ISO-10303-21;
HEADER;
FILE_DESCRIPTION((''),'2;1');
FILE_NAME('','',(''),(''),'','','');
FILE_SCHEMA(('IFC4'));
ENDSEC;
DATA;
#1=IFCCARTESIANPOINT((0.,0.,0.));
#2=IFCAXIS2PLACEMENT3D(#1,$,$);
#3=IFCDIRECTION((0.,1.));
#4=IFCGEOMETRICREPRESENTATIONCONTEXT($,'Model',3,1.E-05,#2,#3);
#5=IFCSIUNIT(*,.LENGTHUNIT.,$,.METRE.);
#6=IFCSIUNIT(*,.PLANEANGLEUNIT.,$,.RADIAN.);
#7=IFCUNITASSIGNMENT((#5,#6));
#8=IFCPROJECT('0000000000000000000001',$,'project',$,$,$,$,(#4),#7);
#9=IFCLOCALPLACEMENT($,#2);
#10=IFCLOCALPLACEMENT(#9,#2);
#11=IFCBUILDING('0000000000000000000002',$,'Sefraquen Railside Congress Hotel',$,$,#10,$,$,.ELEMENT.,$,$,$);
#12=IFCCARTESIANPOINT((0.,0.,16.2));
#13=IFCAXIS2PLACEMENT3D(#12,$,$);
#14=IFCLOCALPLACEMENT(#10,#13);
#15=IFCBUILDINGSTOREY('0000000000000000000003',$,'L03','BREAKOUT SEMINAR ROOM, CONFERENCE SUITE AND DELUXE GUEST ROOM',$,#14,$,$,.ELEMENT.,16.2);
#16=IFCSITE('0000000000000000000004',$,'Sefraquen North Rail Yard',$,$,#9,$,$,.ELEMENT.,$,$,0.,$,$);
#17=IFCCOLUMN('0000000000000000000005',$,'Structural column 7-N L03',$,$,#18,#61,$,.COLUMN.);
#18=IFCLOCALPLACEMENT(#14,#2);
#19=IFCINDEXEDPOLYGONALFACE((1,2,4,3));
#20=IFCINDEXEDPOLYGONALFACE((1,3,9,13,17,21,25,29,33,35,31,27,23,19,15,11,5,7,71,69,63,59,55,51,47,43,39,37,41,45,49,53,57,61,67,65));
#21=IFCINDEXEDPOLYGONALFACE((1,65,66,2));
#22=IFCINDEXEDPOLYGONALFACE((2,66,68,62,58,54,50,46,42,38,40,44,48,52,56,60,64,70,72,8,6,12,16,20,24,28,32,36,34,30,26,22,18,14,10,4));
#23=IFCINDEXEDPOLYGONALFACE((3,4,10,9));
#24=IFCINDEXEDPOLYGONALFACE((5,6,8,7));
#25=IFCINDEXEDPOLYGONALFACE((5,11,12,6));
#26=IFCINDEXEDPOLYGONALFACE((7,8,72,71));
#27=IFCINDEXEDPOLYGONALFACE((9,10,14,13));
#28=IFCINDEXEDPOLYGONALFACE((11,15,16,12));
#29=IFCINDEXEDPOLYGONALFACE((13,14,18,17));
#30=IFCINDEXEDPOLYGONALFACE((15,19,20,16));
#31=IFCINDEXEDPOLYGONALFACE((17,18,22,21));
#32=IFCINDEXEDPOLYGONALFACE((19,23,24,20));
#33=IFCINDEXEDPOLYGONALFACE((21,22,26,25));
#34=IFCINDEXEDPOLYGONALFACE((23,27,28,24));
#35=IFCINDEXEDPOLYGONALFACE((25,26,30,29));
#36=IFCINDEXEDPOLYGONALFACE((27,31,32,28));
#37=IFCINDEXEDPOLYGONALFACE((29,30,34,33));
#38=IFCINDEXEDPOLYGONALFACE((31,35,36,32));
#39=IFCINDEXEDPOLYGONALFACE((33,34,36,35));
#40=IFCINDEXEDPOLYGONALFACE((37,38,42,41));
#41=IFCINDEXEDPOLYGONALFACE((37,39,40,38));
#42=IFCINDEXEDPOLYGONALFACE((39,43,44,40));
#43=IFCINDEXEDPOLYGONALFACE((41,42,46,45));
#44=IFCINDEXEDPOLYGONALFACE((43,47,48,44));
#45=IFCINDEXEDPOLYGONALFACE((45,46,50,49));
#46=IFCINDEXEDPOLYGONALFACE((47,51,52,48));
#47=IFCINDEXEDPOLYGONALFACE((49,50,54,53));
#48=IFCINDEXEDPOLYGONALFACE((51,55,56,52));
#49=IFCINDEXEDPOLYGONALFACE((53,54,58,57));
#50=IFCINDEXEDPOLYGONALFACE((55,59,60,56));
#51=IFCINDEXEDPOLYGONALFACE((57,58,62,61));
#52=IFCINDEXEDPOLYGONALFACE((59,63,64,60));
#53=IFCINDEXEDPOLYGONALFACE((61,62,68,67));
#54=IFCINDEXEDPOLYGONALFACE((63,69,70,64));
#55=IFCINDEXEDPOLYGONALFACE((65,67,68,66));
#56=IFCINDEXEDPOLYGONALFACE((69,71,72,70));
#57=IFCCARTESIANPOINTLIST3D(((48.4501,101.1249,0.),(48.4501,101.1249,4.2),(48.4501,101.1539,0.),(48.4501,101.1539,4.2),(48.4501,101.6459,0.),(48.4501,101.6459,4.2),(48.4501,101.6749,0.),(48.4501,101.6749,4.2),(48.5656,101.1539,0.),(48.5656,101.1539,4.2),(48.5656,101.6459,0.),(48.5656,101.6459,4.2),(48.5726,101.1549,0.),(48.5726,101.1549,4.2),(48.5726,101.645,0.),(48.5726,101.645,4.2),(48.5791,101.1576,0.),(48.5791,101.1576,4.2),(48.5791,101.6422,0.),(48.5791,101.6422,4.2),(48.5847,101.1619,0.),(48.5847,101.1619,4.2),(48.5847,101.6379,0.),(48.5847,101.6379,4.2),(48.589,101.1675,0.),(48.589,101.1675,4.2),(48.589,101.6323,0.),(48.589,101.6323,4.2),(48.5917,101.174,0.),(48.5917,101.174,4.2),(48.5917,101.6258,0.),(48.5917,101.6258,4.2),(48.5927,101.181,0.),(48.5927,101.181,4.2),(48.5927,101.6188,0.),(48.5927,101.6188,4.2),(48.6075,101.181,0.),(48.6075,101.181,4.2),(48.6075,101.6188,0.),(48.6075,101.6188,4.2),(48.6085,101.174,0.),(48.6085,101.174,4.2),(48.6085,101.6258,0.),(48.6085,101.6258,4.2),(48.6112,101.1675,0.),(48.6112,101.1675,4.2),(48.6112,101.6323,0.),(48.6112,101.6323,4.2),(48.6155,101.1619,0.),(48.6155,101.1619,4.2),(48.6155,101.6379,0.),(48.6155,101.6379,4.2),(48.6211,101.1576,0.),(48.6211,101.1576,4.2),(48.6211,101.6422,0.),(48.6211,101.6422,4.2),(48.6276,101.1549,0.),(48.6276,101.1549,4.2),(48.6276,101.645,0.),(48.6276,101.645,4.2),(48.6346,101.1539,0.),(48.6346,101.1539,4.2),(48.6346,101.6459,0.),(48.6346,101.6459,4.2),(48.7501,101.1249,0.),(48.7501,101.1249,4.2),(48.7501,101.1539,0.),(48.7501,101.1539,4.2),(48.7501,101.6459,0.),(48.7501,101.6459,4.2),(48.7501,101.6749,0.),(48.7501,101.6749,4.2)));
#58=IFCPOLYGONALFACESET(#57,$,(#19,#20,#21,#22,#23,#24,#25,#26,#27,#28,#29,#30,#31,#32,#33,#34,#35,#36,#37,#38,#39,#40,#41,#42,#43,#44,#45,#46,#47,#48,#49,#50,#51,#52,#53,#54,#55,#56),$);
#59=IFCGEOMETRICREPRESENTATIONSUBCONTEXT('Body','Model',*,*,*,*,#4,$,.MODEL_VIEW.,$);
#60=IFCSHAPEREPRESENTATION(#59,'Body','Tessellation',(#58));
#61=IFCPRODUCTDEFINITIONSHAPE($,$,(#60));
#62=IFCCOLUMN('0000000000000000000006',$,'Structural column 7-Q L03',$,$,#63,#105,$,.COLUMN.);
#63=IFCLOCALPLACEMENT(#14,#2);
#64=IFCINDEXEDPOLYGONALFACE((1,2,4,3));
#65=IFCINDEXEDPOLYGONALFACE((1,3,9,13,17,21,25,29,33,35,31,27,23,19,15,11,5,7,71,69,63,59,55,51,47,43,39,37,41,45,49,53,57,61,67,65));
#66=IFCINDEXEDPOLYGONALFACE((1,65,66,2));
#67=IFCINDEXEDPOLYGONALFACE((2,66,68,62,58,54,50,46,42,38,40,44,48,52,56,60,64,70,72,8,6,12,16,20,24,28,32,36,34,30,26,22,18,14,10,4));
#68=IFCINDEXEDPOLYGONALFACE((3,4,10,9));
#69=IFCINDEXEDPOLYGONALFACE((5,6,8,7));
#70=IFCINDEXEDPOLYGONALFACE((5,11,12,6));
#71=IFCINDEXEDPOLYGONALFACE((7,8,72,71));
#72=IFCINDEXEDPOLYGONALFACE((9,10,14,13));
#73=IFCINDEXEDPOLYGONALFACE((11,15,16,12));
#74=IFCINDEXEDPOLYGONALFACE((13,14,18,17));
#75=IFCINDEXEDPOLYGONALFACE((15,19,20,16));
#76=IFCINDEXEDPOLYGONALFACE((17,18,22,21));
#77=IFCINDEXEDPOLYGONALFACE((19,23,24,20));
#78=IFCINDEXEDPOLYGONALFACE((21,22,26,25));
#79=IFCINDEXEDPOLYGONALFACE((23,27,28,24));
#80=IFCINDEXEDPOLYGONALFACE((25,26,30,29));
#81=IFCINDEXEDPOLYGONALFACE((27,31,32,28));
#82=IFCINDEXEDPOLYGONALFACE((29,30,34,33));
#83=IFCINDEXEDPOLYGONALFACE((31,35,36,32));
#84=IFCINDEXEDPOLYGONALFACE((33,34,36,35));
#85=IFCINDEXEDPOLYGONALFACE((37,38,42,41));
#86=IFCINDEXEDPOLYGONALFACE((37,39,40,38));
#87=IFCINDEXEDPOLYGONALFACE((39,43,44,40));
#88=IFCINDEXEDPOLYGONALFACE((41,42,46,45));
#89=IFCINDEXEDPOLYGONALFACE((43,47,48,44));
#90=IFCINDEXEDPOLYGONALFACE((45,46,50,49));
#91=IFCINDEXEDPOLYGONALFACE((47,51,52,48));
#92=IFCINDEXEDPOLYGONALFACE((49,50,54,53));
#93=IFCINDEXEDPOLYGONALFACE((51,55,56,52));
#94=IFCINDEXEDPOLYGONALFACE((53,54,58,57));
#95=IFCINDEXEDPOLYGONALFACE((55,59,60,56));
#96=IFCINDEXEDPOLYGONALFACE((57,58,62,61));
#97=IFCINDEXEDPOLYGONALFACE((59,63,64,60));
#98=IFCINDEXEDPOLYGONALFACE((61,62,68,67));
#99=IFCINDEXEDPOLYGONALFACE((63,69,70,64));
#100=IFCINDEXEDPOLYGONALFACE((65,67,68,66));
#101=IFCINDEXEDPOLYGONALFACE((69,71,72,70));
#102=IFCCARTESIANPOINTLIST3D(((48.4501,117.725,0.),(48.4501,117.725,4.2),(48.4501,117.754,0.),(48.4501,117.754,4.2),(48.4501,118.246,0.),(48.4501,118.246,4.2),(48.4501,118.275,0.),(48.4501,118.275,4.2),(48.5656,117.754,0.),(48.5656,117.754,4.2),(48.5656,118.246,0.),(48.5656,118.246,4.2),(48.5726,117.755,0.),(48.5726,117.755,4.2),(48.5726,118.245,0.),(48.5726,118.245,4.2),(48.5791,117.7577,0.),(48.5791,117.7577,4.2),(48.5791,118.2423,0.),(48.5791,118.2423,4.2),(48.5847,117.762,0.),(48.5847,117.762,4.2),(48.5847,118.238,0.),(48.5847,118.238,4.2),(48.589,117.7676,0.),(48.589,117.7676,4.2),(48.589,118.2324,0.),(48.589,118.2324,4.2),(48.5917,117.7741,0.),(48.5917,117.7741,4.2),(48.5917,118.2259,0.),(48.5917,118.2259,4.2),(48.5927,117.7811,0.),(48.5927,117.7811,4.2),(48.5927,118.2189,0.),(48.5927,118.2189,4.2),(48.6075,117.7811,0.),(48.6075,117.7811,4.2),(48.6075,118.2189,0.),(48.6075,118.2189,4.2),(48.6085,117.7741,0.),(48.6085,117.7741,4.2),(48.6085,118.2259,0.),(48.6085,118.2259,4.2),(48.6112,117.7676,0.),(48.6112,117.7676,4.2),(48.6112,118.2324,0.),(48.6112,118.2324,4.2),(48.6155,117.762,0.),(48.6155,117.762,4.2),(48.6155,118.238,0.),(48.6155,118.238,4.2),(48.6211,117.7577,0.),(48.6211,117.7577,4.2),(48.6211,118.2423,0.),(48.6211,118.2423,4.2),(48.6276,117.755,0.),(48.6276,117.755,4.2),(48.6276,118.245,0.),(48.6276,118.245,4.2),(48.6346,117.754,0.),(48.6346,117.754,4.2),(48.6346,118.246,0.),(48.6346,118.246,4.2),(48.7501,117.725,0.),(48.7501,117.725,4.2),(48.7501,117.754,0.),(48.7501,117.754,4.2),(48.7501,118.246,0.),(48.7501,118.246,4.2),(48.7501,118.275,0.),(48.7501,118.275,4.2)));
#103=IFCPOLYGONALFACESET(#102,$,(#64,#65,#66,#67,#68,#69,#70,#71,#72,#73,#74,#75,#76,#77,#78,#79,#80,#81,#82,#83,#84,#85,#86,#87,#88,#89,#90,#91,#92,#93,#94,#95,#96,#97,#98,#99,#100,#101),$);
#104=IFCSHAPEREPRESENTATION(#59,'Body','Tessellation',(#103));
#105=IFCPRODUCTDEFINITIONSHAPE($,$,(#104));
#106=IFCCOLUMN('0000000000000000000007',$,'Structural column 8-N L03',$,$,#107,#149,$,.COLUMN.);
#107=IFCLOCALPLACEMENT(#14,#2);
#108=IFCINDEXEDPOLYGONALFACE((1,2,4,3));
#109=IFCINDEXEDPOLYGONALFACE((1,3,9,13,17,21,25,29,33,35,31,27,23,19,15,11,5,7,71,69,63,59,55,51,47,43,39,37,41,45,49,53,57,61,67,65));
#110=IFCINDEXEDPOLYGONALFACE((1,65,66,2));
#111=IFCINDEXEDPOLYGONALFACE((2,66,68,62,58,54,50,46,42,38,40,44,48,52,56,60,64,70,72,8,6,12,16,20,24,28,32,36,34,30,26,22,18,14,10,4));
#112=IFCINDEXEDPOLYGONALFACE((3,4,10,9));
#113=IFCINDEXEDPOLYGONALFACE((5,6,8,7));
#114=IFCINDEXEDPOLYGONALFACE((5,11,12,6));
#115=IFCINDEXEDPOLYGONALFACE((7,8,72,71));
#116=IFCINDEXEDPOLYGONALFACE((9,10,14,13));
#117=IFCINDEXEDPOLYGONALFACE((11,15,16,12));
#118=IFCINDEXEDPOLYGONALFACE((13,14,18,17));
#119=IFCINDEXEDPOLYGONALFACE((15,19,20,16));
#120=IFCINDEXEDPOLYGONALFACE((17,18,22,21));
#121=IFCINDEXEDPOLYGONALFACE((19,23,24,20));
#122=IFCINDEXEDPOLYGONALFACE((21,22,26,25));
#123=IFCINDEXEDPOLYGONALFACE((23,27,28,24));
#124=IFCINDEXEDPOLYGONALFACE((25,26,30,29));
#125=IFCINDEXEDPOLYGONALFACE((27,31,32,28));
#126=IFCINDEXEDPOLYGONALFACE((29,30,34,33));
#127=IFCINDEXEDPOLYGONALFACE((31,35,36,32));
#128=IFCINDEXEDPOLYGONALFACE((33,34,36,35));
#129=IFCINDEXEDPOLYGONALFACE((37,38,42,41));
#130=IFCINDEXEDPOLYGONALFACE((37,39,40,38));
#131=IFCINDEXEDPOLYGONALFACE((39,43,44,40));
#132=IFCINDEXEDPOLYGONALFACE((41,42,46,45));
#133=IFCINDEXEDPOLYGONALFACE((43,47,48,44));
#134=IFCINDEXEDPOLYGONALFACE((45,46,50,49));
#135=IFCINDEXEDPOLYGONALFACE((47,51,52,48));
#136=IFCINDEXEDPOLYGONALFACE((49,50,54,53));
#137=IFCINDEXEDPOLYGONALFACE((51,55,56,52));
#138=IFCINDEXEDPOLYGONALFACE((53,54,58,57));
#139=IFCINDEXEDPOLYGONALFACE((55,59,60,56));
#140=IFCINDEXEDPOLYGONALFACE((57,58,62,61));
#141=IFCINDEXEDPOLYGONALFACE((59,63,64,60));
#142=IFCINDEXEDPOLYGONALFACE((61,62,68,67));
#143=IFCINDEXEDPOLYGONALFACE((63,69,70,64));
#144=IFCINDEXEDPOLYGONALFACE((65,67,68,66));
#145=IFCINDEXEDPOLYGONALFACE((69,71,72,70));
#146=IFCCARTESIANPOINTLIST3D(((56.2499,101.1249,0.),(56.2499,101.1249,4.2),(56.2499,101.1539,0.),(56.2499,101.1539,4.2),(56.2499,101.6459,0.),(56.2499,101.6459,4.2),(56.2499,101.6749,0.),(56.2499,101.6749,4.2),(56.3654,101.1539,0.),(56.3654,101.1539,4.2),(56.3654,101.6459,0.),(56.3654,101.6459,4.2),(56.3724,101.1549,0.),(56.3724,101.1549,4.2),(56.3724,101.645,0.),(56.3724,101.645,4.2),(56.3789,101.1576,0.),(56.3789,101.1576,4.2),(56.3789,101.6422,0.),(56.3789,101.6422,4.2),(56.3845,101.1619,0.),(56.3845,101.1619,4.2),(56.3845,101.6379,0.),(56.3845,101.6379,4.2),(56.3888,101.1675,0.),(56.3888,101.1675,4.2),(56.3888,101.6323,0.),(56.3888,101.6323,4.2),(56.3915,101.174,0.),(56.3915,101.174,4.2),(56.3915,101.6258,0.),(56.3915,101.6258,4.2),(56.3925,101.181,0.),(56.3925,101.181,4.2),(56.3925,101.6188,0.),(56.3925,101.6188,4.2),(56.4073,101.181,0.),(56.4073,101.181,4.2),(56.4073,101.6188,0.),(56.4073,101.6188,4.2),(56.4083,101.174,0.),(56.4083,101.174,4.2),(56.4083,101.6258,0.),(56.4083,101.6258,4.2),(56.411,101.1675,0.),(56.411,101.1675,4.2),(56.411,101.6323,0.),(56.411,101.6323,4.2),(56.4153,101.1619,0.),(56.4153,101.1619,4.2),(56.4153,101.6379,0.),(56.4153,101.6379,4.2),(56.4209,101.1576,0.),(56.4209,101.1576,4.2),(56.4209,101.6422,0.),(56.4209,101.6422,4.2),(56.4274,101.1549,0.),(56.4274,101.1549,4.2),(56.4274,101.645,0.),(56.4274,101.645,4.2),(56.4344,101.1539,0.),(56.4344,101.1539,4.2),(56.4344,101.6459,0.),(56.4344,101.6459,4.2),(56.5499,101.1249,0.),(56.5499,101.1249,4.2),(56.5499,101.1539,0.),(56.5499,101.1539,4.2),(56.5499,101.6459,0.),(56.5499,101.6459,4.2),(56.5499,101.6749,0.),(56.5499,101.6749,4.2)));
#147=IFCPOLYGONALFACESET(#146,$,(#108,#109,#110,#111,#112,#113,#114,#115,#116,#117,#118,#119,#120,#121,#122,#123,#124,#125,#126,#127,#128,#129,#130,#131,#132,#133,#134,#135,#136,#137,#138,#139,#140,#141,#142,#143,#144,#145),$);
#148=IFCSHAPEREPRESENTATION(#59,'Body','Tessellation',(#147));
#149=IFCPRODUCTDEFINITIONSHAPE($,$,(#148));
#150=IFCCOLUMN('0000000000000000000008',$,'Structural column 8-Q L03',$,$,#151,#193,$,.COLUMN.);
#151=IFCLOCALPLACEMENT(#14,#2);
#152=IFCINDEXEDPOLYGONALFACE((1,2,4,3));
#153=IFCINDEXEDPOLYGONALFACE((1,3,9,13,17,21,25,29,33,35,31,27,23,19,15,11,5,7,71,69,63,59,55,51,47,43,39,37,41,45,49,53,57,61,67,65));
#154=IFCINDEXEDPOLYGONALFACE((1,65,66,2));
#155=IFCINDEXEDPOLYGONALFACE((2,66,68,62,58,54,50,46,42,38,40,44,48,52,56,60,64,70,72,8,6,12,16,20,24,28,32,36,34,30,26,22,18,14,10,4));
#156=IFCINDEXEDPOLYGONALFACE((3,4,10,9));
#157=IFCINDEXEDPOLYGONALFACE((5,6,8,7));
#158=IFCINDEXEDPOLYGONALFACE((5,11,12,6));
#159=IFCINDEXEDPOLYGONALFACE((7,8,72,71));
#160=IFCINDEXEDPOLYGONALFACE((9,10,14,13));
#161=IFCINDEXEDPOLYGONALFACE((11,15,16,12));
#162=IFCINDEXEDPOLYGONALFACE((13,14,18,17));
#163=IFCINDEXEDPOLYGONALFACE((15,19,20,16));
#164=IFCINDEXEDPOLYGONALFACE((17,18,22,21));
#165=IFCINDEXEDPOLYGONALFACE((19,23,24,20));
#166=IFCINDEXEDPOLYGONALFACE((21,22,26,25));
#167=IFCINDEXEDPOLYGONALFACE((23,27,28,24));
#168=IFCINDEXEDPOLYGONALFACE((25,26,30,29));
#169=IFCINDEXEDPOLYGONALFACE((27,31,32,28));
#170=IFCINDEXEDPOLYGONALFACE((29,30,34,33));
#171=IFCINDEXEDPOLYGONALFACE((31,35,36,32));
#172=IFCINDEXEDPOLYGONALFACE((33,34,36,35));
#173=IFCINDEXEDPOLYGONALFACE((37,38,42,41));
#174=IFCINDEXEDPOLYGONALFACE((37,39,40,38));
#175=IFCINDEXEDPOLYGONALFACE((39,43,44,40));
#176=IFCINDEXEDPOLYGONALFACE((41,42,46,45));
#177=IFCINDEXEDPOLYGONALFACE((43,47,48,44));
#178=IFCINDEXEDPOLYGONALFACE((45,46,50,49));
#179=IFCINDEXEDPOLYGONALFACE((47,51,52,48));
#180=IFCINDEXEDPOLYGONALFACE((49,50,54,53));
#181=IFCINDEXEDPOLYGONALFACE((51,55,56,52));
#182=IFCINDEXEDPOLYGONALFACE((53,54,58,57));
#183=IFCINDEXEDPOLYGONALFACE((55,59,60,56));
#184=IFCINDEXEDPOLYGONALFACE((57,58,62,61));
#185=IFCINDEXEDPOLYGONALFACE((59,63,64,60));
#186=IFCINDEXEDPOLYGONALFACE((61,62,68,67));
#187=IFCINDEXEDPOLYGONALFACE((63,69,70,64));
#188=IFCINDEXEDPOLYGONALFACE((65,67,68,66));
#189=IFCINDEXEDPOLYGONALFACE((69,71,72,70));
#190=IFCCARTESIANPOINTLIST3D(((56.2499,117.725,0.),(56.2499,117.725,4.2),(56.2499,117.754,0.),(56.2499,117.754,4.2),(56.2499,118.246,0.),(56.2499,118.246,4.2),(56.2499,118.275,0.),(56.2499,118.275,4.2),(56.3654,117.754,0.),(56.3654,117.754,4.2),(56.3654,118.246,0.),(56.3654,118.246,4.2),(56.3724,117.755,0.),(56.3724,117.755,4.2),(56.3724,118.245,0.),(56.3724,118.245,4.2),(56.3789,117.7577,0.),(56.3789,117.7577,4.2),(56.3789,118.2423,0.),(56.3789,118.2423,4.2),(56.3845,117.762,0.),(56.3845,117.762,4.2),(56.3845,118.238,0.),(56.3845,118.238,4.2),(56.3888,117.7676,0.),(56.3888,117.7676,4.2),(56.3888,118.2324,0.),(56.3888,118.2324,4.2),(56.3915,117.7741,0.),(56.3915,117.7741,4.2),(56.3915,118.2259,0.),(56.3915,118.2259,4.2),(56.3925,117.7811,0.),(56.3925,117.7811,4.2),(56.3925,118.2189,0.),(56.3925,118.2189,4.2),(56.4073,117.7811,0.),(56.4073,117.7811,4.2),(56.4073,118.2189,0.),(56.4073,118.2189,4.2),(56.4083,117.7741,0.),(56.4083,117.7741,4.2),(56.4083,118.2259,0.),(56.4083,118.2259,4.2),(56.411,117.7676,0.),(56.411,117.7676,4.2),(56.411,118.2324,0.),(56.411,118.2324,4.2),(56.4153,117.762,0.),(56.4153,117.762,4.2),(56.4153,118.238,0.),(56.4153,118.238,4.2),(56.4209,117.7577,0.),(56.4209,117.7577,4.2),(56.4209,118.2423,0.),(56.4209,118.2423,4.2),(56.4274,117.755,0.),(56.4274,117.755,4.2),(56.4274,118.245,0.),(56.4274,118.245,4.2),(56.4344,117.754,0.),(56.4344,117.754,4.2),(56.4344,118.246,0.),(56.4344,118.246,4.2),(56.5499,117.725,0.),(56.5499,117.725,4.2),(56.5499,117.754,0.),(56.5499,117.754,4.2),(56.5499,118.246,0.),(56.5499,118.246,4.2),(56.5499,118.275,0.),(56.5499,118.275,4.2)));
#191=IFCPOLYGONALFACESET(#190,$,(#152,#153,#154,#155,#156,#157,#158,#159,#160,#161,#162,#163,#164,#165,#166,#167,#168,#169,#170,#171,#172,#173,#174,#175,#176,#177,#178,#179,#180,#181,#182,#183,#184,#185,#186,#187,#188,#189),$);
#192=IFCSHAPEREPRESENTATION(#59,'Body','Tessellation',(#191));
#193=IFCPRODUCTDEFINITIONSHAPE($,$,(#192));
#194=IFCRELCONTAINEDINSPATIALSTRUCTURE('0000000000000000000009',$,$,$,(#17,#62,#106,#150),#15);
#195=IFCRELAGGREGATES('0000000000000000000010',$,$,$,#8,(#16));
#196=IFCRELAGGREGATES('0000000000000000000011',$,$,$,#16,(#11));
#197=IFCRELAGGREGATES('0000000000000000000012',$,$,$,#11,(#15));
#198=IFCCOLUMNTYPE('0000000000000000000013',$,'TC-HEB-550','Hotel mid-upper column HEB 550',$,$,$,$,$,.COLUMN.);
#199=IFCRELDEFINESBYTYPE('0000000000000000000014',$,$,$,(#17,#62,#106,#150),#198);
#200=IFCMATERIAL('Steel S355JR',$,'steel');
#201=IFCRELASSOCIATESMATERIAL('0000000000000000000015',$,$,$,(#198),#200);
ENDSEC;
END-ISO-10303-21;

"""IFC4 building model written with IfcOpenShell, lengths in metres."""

from ifc_helpers import new_model, si_unit, direction, frame, origin, origin_2d, place, context, subcontext, project, spatial, i_section, extrude, material, material_profile, profile_set, type_object, element, save


model = new_model("IFC4")

# Units and contexts
model_context = context("Model", 3, precision=1e-05, world=origin(), true_north=direction((0.0, 1.0)))
body_context = subcontext(model_context, "Body", "Model", "MODEL_VIEW")
ifc_project = project(units=[si_unit("LENGTHUNIT", "METRE"), si_unit("PLANEANGLEUNIT", "RADIAN")], contexts=[model_context])

# Site, building, storey
site_placement = place(None, origin())
site = spatial("IfcSite", under=ifc_project, at=site_placement, Name="Sefraquen North Rail Yard", CompositionType="ELEMENT", RefElevation=0.0)
building_placement = place(site_placement, origin())
building = spatial("IfcBuilding", under=site, at=building_placement, Name="Sefraquen Railside Congress Hotel", CompositionType="ELEMENT")
storey_placement = place(building_placement, frame((0.0, 0.0, 16.2)))
storey = spatial("IfcBuildingStorey", under=building, at=storey_placement, Name="L03", Description="BREAKOUT SEMINAR ROOM, CONFERENCE SUITE AND DELUXE GUEST ROOM", CompositionType="ELEMENT", Elevation=16.2)

# Columns
ifc_material_1 = material(Name="Steel S355JR", Category="steel")
ifc_material_profile_1 = material_profile(ifc_material_1, i_section(OverallWidth=0.3, OverallDepth=0.55, WebThickness=0.0149, FlangeThickness=0.0291, FilletRadius=0.0271, at=origin_2d()), Name="HEB 550")
ifc_profile_set_1 = profile_set([ifc_material_profile_1], Name="Steel S355JR")
column_type_1 = type_object("IfcColumnType", Name="TC-HEB-550", Description="Hotel mid-upper column HEB 550", PredefinedType="COLUMN", material=ifc_profile_set_1)
for number, where, z_axis, x_axis, name in (
    (1, (48.6001, 101.3999, 0.0), (0.0, 0.0, 1.0), (1.0, 0.0, 0.0), "Structural column 7-N L03"),
    (2, (48.6001, 118.0, 0.0), (0.0, 0.0, 1.0), (1.0, 0.0, 0.0), "Structural column 7-Q L03"),
    (3, (56.3999, 101.3999, 0.0), (0.0, 0.0, 1.0), (1.0, 0.0, 0.0), "Structural column 8-N L03"),
    (4, (56.3999, 118.0, 0.0), (0.0, 0.0, 1.0), (1.0, 0.0, 0.0), "Structural column 8-Q L03"),
):
    element("IfcColumn", number, at=place(storey_placement, frame(where, z_axis=z_axis, x_axis=x_axis)), inside=storey, type_object=column_type_1, Name=name, PredefinedType="COLUMN", context=body_context, shape_type="SweptSolid", body=[
        extrude(i_section(OverallWidth=0.3, OverallDepth=0.55, WebThickness=0.0149, FlangeThickness=0.0291, FilletRadius=0.0271, at=origin_2d()), origin(), (0.0, 0.0, 1.0), 4.2),
    ])

save(model, "model.ifc")
